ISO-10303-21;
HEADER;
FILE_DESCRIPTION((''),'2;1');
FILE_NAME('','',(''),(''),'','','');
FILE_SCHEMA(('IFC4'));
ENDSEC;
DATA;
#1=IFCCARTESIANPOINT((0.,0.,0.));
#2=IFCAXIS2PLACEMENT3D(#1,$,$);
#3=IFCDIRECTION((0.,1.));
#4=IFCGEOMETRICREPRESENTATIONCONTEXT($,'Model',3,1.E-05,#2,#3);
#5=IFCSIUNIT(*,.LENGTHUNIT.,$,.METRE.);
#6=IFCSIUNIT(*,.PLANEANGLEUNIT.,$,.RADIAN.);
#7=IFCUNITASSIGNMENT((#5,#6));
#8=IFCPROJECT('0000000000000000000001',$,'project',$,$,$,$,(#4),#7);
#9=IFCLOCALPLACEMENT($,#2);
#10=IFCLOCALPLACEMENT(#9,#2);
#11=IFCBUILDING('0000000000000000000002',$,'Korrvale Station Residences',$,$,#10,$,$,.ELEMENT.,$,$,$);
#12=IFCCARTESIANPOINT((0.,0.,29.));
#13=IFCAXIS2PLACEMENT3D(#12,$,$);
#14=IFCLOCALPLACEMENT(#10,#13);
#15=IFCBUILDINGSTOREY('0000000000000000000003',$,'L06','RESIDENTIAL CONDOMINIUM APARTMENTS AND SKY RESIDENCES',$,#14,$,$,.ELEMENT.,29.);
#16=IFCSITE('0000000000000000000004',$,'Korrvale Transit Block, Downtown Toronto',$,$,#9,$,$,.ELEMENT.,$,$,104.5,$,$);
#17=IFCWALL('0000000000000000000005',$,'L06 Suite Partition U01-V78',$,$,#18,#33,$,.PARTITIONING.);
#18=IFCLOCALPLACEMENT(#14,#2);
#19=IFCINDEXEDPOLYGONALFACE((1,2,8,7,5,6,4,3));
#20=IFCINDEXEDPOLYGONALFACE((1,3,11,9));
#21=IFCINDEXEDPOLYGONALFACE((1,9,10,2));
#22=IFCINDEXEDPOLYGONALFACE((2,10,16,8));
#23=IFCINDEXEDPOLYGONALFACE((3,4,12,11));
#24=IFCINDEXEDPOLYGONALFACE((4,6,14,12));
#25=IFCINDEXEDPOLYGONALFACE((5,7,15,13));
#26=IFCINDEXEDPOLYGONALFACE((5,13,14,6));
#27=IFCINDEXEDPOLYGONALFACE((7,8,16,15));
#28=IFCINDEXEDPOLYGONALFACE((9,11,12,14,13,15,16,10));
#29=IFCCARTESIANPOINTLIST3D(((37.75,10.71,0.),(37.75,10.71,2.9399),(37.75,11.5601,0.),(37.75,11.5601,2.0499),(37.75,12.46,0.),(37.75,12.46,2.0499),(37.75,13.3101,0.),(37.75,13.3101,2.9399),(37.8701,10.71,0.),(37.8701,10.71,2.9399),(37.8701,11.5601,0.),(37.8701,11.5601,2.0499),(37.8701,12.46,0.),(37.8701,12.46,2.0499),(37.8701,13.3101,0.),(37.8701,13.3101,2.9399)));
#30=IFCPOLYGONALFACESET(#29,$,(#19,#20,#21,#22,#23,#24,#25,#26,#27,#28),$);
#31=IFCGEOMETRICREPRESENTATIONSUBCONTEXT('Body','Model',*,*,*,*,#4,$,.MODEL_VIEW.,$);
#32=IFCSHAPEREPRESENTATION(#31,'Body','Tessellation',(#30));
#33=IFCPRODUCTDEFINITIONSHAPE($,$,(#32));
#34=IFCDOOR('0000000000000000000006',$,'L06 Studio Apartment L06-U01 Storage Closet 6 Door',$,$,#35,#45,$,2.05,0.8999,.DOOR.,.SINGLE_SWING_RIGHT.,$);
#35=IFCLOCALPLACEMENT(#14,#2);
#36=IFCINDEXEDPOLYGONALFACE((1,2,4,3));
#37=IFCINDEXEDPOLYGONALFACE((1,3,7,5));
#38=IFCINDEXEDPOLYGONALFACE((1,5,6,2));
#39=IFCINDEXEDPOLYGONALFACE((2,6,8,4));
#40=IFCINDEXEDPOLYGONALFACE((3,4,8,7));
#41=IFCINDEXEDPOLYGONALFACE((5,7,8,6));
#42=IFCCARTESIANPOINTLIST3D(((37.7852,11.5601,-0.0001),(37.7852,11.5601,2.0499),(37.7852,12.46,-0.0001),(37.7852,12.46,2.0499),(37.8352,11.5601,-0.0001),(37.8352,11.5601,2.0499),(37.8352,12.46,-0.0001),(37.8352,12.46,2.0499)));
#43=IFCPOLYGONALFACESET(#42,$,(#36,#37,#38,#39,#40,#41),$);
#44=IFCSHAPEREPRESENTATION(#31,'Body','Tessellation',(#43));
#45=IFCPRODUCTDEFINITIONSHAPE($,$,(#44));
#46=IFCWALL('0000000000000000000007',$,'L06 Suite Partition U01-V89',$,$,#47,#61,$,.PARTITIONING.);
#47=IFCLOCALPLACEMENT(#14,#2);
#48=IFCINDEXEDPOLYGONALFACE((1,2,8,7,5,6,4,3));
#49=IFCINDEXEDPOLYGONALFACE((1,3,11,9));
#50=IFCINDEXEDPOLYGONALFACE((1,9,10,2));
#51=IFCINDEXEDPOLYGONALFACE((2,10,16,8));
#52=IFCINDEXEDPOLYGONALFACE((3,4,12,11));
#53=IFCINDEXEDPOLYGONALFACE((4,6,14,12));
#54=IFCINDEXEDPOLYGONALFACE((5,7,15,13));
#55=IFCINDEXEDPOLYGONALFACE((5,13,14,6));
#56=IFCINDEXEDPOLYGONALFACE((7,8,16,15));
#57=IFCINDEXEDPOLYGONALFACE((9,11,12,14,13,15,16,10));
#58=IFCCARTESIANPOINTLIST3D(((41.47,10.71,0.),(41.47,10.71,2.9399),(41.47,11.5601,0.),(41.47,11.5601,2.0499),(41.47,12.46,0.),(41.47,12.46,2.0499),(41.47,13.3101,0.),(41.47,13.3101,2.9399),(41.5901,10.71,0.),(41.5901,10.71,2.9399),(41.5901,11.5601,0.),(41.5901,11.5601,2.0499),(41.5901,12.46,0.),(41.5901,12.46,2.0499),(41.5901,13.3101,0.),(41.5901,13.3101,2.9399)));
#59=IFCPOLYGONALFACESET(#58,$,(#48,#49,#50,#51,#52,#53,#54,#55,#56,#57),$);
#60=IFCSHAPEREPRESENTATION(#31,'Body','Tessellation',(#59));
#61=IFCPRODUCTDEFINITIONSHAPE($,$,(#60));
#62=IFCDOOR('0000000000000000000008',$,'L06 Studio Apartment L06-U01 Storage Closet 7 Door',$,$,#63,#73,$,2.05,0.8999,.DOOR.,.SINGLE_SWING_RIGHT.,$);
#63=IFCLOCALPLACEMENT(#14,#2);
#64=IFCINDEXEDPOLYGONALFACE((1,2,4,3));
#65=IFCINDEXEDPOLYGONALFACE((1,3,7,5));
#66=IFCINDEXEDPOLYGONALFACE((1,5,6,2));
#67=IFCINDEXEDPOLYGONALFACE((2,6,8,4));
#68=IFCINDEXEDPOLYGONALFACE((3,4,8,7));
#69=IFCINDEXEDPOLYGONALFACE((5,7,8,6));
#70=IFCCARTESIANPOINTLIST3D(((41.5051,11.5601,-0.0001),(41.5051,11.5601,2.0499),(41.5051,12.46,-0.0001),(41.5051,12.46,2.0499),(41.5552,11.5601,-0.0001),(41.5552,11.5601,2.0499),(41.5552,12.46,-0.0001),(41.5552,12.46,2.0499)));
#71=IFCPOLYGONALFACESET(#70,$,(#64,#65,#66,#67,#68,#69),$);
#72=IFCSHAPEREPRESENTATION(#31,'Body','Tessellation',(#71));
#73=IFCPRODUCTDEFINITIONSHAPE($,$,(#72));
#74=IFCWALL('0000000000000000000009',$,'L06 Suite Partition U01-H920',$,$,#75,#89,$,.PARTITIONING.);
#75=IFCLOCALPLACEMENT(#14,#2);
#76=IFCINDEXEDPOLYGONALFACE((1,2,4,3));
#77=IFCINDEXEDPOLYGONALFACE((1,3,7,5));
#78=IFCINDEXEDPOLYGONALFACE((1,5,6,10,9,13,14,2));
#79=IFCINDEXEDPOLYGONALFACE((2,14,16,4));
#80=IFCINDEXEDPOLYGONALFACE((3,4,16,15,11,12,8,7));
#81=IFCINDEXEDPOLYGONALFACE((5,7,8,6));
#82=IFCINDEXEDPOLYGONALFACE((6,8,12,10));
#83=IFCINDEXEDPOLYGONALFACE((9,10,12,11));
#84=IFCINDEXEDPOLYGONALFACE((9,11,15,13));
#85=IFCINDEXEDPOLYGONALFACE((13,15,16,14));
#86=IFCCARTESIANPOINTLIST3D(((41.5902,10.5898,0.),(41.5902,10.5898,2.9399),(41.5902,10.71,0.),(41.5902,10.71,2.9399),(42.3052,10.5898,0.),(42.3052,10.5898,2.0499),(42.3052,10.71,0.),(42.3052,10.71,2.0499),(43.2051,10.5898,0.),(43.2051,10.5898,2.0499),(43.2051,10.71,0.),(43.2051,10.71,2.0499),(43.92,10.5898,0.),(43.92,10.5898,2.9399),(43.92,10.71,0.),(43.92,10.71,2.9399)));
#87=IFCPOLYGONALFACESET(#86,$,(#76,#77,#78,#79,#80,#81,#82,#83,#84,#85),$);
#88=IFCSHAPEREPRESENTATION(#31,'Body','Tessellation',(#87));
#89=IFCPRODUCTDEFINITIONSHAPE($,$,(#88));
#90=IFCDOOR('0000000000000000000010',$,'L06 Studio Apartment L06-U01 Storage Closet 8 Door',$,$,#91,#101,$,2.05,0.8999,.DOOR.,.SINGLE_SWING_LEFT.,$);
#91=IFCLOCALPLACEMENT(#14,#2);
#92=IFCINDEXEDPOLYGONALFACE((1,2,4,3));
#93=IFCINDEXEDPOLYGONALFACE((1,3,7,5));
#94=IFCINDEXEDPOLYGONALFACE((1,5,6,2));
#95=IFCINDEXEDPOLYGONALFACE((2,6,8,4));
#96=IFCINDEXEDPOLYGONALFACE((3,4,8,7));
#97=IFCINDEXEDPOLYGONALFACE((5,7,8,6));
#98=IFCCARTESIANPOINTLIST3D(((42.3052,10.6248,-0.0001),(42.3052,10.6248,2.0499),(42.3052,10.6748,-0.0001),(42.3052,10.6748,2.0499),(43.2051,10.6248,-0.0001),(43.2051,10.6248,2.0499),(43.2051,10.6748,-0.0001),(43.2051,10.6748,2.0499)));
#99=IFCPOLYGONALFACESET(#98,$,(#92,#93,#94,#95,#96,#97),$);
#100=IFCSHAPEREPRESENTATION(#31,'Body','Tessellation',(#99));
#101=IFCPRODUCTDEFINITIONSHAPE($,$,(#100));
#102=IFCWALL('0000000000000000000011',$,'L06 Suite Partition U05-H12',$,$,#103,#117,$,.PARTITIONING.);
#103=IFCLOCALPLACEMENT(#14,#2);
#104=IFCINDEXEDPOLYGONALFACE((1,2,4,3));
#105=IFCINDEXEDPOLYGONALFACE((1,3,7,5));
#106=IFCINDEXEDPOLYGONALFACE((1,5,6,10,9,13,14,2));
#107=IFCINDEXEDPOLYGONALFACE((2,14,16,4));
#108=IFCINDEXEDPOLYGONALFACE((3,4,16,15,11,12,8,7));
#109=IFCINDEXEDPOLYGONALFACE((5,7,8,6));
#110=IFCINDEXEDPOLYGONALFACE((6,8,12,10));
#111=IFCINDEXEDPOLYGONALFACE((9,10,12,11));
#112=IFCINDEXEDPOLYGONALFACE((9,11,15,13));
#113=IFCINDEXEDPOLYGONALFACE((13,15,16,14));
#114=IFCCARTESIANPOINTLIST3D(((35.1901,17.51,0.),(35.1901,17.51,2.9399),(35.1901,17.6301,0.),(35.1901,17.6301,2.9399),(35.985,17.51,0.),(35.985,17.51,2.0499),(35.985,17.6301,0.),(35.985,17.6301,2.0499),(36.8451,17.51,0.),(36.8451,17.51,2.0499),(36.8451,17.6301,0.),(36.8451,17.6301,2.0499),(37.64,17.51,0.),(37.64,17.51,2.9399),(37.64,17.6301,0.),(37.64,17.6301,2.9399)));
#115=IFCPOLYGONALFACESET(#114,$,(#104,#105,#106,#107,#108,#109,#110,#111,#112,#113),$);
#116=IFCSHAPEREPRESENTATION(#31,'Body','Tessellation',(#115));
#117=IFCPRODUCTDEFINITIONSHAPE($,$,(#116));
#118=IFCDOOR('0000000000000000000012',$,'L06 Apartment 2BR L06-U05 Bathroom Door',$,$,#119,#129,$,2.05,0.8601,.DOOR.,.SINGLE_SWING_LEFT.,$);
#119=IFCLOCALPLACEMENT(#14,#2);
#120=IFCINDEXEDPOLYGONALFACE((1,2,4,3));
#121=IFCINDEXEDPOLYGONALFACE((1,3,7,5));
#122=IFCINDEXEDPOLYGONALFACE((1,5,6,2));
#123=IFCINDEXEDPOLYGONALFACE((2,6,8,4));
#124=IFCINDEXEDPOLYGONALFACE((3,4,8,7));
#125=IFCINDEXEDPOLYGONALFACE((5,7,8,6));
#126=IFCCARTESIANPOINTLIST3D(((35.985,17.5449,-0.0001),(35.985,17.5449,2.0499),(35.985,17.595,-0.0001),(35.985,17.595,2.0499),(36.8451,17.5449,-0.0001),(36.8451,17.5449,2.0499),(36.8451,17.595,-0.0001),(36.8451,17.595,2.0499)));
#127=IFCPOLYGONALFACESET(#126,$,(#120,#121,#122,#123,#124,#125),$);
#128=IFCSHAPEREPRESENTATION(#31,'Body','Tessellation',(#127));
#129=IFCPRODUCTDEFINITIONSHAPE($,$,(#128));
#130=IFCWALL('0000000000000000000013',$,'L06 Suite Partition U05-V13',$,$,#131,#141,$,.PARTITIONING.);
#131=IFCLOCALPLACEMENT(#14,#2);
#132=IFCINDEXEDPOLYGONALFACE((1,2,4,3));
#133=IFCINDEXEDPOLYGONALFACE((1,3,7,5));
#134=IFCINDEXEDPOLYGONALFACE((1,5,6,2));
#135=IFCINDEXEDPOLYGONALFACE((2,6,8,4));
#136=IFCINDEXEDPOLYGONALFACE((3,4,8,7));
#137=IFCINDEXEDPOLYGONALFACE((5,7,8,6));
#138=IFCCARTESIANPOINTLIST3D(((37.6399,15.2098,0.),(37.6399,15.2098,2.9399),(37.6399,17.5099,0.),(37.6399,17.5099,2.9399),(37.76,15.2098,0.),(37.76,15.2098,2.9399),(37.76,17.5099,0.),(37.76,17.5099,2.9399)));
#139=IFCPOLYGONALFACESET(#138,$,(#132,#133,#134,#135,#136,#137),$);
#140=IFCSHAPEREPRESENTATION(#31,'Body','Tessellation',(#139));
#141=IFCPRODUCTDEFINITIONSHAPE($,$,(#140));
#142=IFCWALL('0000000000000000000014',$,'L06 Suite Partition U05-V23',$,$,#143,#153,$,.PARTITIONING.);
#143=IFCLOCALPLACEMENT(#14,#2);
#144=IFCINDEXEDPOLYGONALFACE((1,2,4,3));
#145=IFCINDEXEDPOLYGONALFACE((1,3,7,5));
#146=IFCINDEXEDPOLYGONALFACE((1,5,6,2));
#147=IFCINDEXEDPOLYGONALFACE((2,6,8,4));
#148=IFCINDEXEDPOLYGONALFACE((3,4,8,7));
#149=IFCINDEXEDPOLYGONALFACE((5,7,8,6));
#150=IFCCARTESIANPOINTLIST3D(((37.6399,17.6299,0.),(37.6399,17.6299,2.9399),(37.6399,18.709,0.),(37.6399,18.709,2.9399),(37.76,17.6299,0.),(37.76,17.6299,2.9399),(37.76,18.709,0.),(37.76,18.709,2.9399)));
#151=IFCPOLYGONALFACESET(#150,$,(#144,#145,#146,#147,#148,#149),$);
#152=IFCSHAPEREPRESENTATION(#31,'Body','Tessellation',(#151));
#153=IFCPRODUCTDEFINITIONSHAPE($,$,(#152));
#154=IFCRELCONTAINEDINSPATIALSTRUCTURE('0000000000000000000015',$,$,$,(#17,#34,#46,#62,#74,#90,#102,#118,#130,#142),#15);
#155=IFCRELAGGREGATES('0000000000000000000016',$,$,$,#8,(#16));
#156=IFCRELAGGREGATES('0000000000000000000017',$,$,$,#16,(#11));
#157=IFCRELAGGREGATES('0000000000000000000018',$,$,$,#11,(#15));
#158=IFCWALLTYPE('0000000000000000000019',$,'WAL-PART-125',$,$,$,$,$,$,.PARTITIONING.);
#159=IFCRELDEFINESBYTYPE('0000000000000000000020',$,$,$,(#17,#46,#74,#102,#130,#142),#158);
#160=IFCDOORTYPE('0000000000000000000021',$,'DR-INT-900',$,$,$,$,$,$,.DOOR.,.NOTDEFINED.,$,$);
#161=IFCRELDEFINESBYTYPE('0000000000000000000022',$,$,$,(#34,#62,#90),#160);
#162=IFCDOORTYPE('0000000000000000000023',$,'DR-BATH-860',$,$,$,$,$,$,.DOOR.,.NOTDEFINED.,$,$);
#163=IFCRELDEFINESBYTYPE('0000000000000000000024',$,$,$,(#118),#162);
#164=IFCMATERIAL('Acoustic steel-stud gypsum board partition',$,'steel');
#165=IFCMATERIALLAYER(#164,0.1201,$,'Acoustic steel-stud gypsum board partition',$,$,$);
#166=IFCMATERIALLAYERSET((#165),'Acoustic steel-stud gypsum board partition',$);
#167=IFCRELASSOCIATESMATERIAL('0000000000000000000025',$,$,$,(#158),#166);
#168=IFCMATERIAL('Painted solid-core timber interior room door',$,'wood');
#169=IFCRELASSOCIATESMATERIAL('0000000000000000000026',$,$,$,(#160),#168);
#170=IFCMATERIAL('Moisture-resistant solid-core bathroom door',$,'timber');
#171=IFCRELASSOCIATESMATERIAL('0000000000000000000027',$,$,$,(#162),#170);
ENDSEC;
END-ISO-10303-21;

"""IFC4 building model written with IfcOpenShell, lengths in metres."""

from ifc_helpers import new_model, si_unit, direction, frame, frame_2d, origin, place, context, subcontext, project, spatial, rectangle, extrude, material, layer, layer_set, type_object, element, fill, save


model = new_model("IFC4")

# Units and contexts
model_context = context("Model", 3, precision=1e-05, world=origin(), true_north=direction((0.0, 1.0)))
body_context = subcontext(model_context, "Body", "Model", "MODEL_VIEW")
ifc_project = project(units=[si_unit("LENGTHUNIT", "METRE"), si_unit("PLANEANGLEUNIT", "RADIAN")], contexts=[model_context])

# Site, building, storey
site_placement = place(None, origin())
site = spatial("IfcSite", under=ifc_project, at=site_placement, Name="Korrvale Transit Block, Downtown Toronto", CompositionType="ELEMENT", RefElevation=104.5)
building_placement = place(site_placement, origin())
building = spatial("IfcBuilding", under=site, at=building_placement, Name="Korrvale Station Residences", CompositionType="ELEMENT")
storey_placement = place(building_placement, frame((0.0, 0.0, 29.0)))
storey = spatial("IfcBuildingStorey", under=building, at=storey_placement, Name="L06", Description="RESIDENTIAL CONDOMINIUM APARTMENTS AND SKY RESIDENCES", CompositionType="ELEMENT", Elevation=29.0)

# Walls, openings, doors
ifc_material_1 = material(Name="Acoustic steel-stud gypsum board partition", Category="steel")
ifc_layer_1 = layer(ifc_material_1, 0.1201, Name="Acoustic steel-stud gypsum board partition")
ifc_layer_set_1 = layer_set([ifc_layer_1], Name="Acoustic steel-stud gypsum board partition")
wall_type_1 = type_object("IfcWallType", Name="WAL-PART-125", PredefinedType="PARTITIONING", material=ifc_layer_set_1)
ifc_material_2 = material(Name="Painted solid-core timber interior room door", Category="wood")
door_type_1 = type_object("IfcDoorType", Name="DR-INT-900", OperationType="NOTDEFINED", PredefinedType="DOOR", material=ifc_material_2)
wall_1_placement = place(storey_placement, frame((37.8101, 10.71, 0.0), z_axis=(0.0, 0.0, 1.0), x_axis=(0.0, 1.0, 0.0)))
wall_1 = element("IfcWall", 1, at=wall_1_placement, inside=storey, type_object=wall_type_1, Name="L06 Suite Partition U01-V78", PredefinedType="PARTITIONING", context=body_context, shape_type="SweptSolid", body=[
    extrude(rectangle(XDim=2.6001, YDim=0.1201, at=frame_2d((1.3, 0.0))), origin(), (0.0, 0.0, 1.0), 2.9399),
])
opening_1_placement = place(wall_1_placement, frame((0.8501, 0.0, 0.0)))
opening_1 = element("IfcOpeningElement", 2, at=opening_1_placement, cuts=wall_1, PredefinedType="OPENING", context=body_context, shape_type="SweptSolid", body=[
    extrude(rectangle(XDim=0.8999, YDim=2.05, at=frame_2d((0.45, 1.0249))), frame((0.0, 0.0701, 0.0), z_axis=(0.0, -1.0, 0.0), x_axis=(1.0, 0.0, 0.0)), (0.0, 0.0, 1.0), 0.1401),
])
door_1_placement = place(opening_1_placement, origin())
door_1 = element("IfcDoor", 3, at=door_1_placement, inside=storey, type_object=door_type_1, Name="L06 Studio Apartment L06-U01 Storage Closet 6 Door", OperationType="SINGLE_SWING_RIGHT", OverallHeight=2.05, OverallWidth=0.8999, PredefinedType="DOOR", context=body_context, shape_type="SweptSolid", body=[
    extrude(rectangle(XDim=0.8999, YDim=2.05, at=frame_2d((0.45, 1.0249))), frame((0.0, 0.0249, 0.0), z_axis=(0.0, -1.0, 0.0), x_axis=(1.0, 0.0, 0.0)), (0.0, 0.0, 1.0), 0.05),
])
fill(opening_1, door_1)
wall_2_placement = place(storey_placement, frame((41.53, 10.71, 0.0), z_axis=(0.0, 0.0, 1.0), x_axis=(0.0, 1.0, 0.0)))
wall_2 = element("IfcWall", 4, at=wall_2_placement, inside=storey, type_object=wall_type_1, Name="L06 Suite Partition U01-V89", PredefinedType="PARTITIONING", context=body_context, shape_type="SweptSolid", body=[
    extrude(rectangle(XDim=2.6001, YDim=0.1201, at=frame_2d((1.3, 0.0))), origin(), (0.0, 0.0, 1.0), 2.9399),
])
opening_2_placement = place(wall_2_placement, frame((0.8501, 0.0, 0.0)))
opening_2 = element("IfcOpeningElement", 5, at=opening_2_placement, cuts=wall_2, PredefinedType="OPENING", context=body_context, shape_type="SweptSolid", body=[
    extrude(rectangle(XDim=0.8999, YDim=2.05, at=frame_2d((0.45, 1.0249))), frame((0.0, 0.0701, 0.0), z_axis=(0.0, -1.0, 0.0), x_axis=(1.0, 0.0, 0.0)), (0.0, 0.0, 1.0), 0.1401),
])
door_2_placement = place(opening_2_placement, origin())
door_2 = element("IfcDoor", 6, at=door_2_placement, inside=storey, type_object=door_type_1, Name="L06 Studio Apartment L06-U01 Storage Closet 7 Door", OperationType="SINGLE_SWING_RIGHT", OverallHeight=2.05, OverallWidth=0.8999, PredefinedType="DOOR", context=body_context, shape_type="SweptSolid", body=[
    extrude(rectangle(XDim=0.8999, YDim=2.05, at=frame_2d((0.45, 1.0249))), frame((0.0, 0.0249, 0.0), z_axis=(0.0, -1.0, 0.0), x_axis=(1.0, 0.0, 0.0)), (0.0, 0.0, 1.0), 0.05),
])
fill(opening_2, door_2)
wall_3_placement = place(storey_placement, frame((41.5901, 10.6499, 0.0), z_axis=(0.0, 0.0, 1.0), x_axis=(1.0, 0.0, 0.0)))
wall_3 = element("IfcWall", 7, at=wall_3_placement, inside=storey, type_object=wall_type_1, Name="L06 Suite Partition U01-H920", PredefinedType="PARTITIONING", context=body_context, shape_type="SweptSolid", body=[
    extrude(rectangle(XDim=2.3298, YDim=0.1201, at=frame_2d((1.165, 0.0))), origin(), (0.0, 0.0, 1.0), 2.9399),
])
opening_3_placement = place(wall_3_placement, frame((0.7151, 0.0, 0.0)))
opening_3 = element("IfcOpeningElement", 8, at=opening_3_placement, cuts=wall_3, PredefinedType="OPENING", context=body_context, shape_type="SweptSolid", body=[
    extrude(rectangle(XDim=0.8999, YDim=2.05, at=frame_2d((0.45, 1.0249))), frame((0.0, 0.0701, 0.0), z_axis=(0.0, -1.0, 0.0), x_axis=(1.0, 0.0, 0.0)), (0.0, 0.0, 1.0), 0.1401),
])
door_3_placement = place(opening_3_placement, origin())
door_3 = element("IfcDoor", 9, at=door_3_placement, inside=storey, type_object=door_type_1, Name="L06 Studio Apartment L06-U01 Storage Closet 8 Door", OperationType="SINGLE_SWING_LEFT", OverallHeight=2.05, OverallWidth=0.8999, PredefinedType="DOOR", context=body_context, shape_type="SweptSolid", body=[
    extrude(rectangle(XDim=0.8999, YDim=2.05, at=frame_2d((0.45, 1.0249))), frame((0.0, 0.0249, 0.0), z_axis=(0.0, -1.0, 0.0), x_axis=(1.0, 0.0, 0.0)), (0.0, 0.0, 1.0), 0.05),
])
fill(opening_3, door_3)
wall_4_placement = place(storey_placement, frame((35.1899, 17.5701, 0.0), z_axis=(0.0, 0.0, 1.0), x_axis=(1.0, 0.0, 0.0)))
wall_4 = element("IfcWall", 10, at=wall_4_placement, inside=storey, type_object=wall_type_1, Name="L06 Suite Partition U05-H12", PredefinedType="PARTITIONING", context=body_context, shape_type="SweptSolid", body=[
    extrude(rectangle(XDim=2.45, YDim=0.1201, at=frame_2d((1.2251, 0.0))), origin(), (0.0, 0.0, 1.0), 2.9399),
])
opening_4_placement = place(wall_4_placement, frame((0.7949, 0.0, 0.0)))
opening_4 = element("IfcOpeningElement", 11, at=opening_4_placement, cuts=wall_4, PredefinedType="OPENING", context=body_context, shape_type="SweptSolid", body=[
    extrude(rectangle(XDim=0.8601, YDim=2.05, at=frame_2d((0.4302, 1.0249))), frame((0.0, 0.0701, 0.0), z_axis=(0.0, -1.0, 0.0), x_axis=(1.0, 0.0, 0.0)), (0.0, 0.0, 1.0), 0.1401),
])
ifc_material_3 = material(Name="Moisture-resistant solid-core bathroom door", Category="timber")
door_type_2 = type_object("IfcDoorType", Name="DR-BATH-860", OperationType="NOTDEFINED", PredefinedType="DOOR", material=ifc_material_3)
door_4_placement = place(opening_4_placement, origin())
door_4 = element("IfcDoor", 12, at=door_4_placement, inside=storey, type_object=door_type_2, Name="L06 Apartment 2BR L06-U05 Bathroom Door", OperationType="SINGLE_SWING_LEFT", OverallHeight=2.05, OverallWidth=0.8601, PredefinedType="DOOR", context=body_context, shape_type="SweptSolid", body=[
    extrude(rectangle(XDim=0.8601, YDim=2.05, at=frame_2d((0.4302, 1.0249))), frame((0.0, 0.0249, 0.0), z_axis=(0.0, -1.0, 0.0), x_axis=(1.0, 0.0, 0.0)), (0.0, 0.0, 1.0), 0.05),
])
fill(opening_4, door_4)

# Walls
wall_5_placement = place(storey_placement, frame((37.7, 15.21, 0.0), z_axis=(0.0, 0.0, 1.0), x_axis=(0.0, 1.0, 0.0)))
element("IfcWall", 13, at=wall_5_placement, inside=storey, type_object=wall_type_1, Name="L06 Suite Partition U05-V13", PredefinedType="PARTITIONING", context=body_context, shape_type="SweptSolid", body=[
    extrude(rectangle(XDim=2.3, YDim=0.1201, at=frame_2d((1.1499, 0.0))), origin(), (0.0, 0.0, 1.0), 2.9399),
])
wall_6_placement = place(storey_placement, frame((37.7, 17.6299, 0.0), z_axis=(0.0, 0.0, 1.0), x_axis=(0.0, 1.0, 0.0)))
element("IfcWall", 14, at=wall_6_placement, inside=storey, type_object=wall_type_1, Name="L06 Suite Partition U05-V23", PredefinedType="PARTITIONING", context=body_context, shape_type="SweptSolid", body=[
    extrude(rectangle(XDim=1.0791, YDim=0.1201, at=frame_2d((0.5396, 0.0))), origin(), (0.0, 0.0, 1.0), 2.9399),
])

save(model, "model.ifc")
